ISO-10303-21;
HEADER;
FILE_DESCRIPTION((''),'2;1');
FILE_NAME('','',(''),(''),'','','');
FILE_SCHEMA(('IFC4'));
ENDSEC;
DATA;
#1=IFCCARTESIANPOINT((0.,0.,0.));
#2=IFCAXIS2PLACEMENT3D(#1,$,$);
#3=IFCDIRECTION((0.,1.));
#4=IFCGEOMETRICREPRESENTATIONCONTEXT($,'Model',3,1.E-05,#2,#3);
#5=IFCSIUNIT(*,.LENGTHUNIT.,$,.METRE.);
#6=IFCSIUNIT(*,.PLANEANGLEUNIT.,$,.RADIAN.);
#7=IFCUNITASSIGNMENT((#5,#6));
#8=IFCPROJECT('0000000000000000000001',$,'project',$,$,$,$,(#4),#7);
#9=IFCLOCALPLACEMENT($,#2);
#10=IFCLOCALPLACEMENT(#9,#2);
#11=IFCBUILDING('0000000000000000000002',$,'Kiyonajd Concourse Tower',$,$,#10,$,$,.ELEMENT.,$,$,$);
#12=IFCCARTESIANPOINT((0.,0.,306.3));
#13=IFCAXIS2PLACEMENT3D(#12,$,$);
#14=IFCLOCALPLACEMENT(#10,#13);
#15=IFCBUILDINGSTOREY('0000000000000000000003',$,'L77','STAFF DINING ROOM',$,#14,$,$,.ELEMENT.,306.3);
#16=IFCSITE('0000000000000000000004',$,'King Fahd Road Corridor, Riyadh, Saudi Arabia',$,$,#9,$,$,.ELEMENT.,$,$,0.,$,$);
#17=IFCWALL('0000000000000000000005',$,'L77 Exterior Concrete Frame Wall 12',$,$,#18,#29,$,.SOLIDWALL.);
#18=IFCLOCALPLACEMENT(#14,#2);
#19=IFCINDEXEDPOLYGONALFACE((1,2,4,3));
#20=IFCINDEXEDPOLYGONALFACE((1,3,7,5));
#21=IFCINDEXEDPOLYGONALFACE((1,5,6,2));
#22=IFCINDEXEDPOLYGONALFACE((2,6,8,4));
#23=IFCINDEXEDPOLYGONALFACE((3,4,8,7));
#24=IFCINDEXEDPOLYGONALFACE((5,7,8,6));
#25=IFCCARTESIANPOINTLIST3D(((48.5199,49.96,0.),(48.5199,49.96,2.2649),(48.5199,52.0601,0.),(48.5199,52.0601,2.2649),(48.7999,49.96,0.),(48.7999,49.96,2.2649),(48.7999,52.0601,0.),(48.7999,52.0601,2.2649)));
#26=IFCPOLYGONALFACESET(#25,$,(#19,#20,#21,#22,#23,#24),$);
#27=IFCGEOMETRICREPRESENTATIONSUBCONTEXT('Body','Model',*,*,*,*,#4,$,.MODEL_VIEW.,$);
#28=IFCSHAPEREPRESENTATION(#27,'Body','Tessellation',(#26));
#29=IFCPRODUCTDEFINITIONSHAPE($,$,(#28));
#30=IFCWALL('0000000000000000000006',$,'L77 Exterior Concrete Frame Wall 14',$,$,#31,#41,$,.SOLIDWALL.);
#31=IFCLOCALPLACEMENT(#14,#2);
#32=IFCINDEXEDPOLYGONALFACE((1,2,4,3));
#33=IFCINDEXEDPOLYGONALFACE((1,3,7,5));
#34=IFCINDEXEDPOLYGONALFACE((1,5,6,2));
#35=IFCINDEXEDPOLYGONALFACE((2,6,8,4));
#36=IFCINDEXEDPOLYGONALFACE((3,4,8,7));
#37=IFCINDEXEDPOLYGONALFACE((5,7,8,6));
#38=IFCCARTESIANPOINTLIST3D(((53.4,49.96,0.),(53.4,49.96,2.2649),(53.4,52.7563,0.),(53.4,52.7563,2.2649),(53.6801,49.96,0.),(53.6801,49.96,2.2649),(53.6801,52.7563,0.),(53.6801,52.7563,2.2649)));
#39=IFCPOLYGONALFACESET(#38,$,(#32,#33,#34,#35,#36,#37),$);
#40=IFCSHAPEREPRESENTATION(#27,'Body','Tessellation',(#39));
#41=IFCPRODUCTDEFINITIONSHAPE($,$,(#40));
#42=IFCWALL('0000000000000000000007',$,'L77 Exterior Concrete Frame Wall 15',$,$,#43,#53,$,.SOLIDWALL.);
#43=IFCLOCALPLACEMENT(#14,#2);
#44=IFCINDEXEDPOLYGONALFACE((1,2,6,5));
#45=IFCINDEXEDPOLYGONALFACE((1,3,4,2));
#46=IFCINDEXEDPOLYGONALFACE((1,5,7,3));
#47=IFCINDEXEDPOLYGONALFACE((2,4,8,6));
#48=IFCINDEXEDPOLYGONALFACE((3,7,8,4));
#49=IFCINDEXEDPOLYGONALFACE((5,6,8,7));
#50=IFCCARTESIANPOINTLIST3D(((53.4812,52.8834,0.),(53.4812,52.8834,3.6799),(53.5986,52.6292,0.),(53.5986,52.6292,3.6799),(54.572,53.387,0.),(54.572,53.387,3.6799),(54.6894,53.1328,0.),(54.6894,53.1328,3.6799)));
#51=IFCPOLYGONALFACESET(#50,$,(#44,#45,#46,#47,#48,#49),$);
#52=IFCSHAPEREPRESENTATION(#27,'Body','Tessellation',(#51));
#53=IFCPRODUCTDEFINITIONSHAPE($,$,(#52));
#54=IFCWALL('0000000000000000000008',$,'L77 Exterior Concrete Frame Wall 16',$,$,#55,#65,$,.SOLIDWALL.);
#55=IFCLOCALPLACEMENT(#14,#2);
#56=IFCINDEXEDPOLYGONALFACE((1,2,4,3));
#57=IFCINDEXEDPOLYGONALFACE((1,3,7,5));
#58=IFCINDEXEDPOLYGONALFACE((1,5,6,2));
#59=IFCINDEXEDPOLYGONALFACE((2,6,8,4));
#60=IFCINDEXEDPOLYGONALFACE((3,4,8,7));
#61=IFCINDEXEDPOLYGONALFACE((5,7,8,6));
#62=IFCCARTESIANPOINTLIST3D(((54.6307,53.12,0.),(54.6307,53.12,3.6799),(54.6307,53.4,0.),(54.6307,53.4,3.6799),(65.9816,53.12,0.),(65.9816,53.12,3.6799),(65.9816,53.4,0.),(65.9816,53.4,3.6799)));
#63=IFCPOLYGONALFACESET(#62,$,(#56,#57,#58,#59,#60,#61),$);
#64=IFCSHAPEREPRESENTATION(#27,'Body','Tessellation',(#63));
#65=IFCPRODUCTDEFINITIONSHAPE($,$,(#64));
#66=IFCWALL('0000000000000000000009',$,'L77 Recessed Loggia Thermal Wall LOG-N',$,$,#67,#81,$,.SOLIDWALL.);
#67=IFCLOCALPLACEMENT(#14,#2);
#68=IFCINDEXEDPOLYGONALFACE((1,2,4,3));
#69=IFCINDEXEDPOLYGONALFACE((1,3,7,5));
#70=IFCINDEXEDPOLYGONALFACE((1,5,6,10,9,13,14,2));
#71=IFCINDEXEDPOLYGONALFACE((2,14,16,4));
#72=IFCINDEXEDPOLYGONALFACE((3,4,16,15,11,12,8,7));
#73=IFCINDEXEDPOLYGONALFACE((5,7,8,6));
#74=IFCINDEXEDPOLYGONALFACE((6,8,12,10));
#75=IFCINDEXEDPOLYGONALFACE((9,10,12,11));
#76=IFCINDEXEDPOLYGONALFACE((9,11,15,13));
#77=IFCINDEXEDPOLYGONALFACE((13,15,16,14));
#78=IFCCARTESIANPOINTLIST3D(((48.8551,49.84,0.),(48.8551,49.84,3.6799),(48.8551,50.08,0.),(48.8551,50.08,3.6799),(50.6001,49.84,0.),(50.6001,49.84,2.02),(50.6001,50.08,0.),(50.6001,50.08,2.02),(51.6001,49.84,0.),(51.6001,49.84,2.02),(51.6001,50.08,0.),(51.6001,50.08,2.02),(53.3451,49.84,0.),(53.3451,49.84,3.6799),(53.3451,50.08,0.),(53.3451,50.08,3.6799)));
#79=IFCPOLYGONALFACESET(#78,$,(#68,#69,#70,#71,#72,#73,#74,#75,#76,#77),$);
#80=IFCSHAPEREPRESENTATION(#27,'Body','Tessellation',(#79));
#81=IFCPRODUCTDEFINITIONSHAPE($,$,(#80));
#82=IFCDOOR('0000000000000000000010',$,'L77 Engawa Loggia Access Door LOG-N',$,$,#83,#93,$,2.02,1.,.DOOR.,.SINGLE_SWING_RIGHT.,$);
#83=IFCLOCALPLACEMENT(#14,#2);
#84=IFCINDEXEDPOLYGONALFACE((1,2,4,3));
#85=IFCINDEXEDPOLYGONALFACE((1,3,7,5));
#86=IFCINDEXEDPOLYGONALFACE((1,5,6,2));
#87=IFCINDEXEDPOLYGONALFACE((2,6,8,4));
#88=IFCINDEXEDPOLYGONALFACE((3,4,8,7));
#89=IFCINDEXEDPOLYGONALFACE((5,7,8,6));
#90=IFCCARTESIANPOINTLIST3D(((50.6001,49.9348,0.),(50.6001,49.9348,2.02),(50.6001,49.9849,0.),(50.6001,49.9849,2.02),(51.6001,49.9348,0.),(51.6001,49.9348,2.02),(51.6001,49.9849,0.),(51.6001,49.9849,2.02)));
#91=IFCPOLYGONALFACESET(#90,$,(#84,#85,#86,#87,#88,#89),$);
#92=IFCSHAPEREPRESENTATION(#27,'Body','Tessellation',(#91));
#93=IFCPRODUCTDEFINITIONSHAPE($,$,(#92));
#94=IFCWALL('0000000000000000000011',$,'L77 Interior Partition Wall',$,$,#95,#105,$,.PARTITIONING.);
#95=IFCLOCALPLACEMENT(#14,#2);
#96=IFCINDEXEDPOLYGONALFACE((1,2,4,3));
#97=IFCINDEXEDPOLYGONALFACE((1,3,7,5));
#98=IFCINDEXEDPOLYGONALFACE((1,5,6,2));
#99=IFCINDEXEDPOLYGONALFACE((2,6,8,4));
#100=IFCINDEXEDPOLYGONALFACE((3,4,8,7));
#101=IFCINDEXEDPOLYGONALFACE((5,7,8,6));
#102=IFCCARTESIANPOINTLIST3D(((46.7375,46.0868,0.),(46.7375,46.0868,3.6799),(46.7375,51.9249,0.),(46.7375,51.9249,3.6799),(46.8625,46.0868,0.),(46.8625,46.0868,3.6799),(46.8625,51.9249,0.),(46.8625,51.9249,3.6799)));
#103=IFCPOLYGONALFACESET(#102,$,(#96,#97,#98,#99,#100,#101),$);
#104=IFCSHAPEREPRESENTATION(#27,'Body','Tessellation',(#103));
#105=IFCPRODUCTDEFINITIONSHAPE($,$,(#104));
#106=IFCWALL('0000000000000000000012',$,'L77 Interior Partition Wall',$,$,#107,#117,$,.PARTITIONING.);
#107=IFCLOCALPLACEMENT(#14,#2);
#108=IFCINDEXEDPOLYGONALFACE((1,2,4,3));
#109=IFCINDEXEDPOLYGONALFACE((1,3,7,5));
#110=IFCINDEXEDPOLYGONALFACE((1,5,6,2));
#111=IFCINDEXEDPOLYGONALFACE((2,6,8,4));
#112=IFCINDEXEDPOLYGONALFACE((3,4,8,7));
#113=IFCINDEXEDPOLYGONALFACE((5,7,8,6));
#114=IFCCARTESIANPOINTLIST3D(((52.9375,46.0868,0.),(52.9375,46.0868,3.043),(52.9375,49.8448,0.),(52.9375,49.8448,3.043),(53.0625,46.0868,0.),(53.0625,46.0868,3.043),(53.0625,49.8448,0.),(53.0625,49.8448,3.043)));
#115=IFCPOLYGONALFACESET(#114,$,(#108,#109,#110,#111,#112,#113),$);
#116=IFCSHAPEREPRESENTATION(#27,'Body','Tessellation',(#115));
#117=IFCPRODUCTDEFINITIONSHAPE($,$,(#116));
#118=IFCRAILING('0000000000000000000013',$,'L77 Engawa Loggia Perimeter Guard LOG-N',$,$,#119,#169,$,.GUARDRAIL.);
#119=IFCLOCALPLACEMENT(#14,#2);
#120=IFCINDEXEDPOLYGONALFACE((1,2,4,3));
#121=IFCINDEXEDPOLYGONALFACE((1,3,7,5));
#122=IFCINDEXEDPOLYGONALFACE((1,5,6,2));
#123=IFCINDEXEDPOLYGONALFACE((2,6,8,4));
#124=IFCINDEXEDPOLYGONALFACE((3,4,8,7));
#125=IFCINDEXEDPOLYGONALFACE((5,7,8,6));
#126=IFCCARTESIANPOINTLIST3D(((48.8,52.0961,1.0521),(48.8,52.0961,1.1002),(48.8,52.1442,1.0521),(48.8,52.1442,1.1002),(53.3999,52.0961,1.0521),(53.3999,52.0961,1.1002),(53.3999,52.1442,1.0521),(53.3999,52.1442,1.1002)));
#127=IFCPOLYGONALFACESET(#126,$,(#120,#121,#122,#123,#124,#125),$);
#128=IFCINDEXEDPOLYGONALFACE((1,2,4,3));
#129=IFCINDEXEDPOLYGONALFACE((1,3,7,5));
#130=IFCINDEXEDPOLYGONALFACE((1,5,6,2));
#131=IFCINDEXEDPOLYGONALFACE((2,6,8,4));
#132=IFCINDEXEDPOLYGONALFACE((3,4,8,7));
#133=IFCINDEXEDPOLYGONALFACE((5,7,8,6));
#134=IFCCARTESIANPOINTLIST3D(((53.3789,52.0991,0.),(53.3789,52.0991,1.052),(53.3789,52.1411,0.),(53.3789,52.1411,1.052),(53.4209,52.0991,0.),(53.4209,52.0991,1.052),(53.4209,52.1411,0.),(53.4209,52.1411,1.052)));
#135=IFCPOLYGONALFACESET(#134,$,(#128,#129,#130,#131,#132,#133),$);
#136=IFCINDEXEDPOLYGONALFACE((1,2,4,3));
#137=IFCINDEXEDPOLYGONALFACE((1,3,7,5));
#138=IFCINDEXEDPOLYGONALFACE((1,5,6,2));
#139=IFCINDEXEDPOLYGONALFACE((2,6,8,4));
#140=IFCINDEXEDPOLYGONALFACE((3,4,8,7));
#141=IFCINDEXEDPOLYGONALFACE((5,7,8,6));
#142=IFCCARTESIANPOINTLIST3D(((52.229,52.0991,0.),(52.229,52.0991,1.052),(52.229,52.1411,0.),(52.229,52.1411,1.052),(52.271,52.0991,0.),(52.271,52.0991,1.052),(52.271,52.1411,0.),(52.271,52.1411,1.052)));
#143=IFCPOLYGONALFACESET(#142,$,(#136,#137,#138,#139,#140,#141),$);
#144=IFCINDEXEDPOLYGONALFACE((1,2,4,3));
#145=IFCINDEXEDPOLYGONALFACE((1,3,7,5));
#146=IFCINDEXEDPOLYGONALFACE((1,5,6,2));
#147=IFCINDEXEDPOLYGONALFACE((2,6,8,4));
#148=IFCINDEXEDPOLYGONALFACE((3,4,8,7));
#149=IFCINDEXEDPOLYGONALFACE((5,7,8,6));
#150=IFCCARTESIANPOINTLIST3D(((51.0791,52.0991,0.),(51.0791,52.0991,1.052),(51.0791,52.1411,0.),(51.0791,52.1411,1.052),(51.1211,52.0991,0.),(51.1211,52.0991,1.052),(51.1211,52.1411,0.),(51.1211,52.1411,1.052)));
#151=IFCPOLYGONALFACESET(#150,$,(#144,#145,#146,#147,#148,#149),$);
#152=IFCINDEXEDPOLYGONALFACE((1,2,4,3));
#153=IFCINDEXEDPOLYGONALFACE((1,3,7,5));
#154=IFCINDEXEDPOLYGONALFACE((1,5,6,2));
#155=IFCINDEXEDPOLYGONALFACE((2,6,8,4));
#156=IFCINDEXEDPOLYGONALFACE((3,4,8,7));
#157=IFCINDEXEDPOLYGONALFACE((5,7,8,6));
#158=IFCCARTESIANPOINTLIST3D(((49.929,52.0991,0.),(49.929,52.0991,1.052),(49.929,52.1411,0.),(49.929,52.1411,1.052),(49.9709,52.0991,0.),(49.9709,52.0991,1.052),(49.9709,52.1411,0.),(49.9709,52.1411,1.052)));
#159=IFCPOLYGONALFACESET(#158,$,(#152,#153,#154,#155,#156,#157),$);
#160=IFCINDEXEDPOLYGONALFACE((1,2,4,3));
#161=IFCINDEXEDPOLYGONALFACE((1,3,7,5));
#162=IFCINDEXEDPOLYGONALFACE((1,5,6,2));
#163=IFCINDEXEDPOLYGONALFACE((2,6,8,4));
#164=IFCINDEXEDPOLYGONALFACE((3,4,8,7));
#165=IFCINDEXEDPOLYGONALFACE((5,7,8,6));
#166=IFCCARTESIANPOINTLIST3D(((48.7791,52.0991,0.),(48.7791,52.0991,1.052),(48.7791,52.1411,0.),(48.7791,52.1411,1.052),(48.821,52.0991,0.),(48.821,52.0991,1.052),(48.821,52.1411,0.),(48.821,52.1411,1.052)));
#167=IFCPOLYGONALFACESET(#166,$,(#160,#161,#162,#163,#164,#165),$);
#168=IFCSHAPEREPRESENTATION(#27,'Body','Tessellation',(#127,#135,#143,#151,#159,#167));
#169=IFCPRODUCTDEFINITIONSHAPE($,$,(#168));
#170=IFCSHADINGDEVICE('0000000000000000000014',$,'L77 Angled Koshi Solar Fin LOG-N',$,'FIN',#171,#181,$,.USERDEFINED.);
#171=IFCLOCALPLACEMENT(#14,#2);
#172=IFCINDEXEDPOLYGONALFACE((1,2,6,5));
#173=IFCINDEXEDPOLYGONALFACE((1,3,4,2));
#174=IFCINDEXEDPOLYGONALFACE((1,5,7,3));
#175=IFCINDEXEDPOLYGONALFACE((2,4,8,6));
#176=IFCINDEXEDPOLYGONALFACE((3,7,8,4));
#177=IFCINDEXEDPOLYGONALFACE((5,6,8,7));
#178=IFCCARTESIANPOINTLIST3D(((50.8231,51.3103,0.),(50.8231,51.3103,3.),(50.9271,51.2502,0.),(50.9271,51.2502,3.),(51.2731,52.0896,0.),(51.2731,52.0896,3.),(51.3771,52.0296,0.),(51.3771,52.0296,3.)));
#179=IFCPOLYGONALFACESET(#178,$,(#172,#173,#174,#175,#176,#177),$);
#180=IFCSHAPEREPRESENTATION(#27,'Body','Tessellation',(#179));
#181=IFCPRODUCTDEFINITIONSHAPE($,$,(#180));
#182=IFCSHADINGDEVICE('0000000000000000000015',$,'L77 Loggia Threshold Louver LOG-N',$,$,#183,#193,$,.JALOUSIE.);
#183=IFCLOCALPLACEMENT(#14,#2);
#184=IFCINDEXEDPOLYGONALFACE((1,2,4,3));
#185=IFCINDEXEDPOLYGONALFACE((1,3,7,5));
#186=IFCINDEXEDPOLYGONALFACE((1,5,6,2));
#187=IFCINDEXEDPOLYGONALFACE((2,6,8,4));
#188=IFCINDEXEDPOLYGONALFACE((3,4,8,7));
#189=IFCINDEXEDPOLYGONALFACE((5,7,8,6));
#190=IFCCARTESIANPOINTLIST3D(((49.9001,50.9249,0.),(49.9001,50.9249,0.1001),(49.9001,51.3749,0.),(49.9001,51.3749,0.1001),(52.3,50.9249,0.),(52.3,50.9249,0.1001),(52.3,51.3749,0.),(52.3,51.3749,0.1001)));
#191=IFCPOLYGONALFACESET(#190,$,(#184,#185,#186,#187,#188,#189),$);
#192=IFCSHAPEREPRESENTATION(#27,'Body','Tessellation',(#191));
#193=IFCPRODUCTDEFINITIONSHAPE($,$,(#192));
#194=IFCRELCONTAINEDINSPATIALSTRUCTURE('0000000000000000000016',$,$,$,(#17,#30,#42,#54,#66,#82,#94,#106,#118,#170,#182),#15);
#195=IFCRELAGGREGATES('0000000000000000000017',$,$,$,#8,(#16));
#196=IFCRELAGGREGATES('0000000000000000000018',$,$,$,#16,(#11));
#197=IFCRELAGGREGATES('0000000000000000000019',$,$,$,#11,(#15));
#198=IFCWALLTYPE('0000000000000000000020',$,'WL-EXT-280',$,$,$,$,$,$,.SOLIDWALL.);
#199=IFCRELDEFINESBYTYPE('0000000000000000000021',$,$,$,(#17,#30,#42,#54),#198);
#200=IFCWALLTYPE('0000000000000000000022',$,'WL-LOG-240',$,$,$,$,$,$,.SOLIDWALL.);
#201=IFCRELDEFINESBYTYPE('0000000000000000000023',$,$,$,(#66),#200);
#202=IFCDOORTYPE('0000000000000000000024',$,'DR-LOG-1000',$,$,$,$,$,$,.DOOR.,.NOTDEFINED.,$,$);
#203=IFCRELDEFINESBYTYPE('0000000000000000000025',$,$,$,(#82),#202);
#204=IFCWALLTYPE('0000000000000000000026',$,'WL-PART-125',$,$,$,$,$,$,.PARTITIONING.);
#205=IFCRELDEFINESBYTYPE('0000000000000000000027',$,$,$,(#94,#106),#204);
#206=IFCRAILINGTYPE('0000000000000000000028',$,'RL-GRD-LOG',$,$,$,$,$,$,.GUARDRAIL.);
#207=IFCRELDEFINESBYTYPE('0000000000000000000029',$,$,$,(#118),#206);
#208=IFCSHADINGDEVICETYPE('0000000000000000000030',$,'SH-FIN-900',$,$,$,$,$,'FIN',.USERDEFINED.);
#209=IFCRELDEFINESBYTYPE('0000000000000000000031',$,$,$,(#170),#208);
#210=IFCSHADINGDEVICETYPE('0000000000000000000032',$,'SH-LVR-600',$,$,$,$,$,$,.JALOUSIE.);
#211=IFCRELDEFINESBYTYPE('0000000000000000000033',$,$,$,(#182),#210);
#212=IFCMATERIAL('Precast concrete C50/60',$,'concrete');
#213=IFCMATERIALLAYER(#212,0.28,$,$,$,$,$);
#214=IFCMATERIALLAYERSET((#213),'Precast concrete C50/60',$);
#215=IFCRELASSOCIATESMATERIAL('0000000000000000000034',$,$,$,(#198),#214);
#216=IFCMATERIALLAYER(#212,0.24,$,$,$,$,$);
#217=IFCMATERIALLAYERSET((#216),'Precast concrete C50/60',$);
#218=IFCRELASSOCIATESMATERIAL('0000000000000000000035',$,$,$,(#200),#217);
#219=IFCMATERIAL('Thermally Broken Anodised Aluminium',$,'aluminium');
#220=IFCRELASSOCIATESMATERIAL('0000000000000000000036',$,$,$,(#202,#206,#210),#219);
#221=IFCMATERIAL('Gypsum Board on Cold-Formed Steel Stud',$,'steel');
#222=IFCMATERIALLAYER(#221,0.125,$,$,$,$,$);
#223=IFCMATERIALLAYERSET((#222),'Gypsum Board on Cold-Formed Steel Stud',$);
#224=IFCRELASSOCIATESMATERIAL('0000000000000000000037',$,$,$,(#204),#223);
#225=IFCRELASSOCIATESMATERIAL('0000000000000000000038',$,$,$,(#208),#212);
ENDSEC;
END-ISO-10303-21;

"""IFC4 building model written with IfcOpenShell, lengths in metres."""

from ifc_helpers import new_model, si_unit, direction, frame, frame_2d, origin, origin_2d, place, context, subcontext, project, spatial, rectangle, extrude, material, layer, layer_set, type_object, element, fill, save


model = new_model("IFC4")

# Units and contexts
model_context = context("Model", 3, precision=1e-05, world=origin(), true_north=direction((0.0, 1.0)))
body_context = subcontext(model_context, "Body", "Model", "MODEL_VIEW")
ifc_project = project(units=[si_unit("LENGTHUNIT", "METRE"), si_unit("PLANEANGLEUNIT", "RADIAN")], contexts=[model_context])

# Site, building, storey
site_placement = place(None, origin())
site = spatial("IfcSite", under=ifc_project, at=site_placement, Name="King Fahd Road Corridor, Riyadh, Saudi Arabia", CompositionType="ELEMENT", RefElevation=0.0)
building_placement = place(site_placement, origin())
building = spatial("IfcBuilding", under=site, at=building_placement, Name="Kiyonajd Concourse Tower", CompositionType="ELEMENT")
storey_placement = place(building_placement, frame((0.0, 0.0, 306.3)))
storey = spatial("IfcBuildingStorey", under=building, at=storey_placement, Name="L77", Description="STAFF DINING ROOM", CompositionType="ELEMENT", Elevation=306.3)

# Shared definitions
ifc_material_1 = material(Name="Thermally Broken Anodised Aluminium", Category="aluminium")

# Walls
ifc_material_2 = material(Name="Precast concrete C50/60", Category="concrete")
ifc_layer_1 = layer(ifc_material_2, 0.28)
ifc_layer_set_1 = layer_set([ifc_layer_1], Name="Precast concrete C50/60")
wall_type_1 = type_object("IfcWallType", Name="WL-EXT-280", PredefinedType="SOLIDWALL", material=ifc_layer_set_1)
wall_1_placement = place(storey_placement, frame((48.6599, 52.0601, 0.0), z_axis=(0.0, 0.0, 1.0), x_axis=(0.0, -1.0, 0.0)))
element("IfcWall", 1, at=wall_1_placement, inside=storey, type_object=wall_type_1, Name="L77 Exterior Concrete Frame Wall 12", PredefinedType="SOLIDWALL", context=body_context, shape_type="SweptSolid", body=[
    extrude(rectangle(XDim=2.1001, YDim=0.28, at=frame_2d((1.05, 0.0))), origin(), (0.0, 0.0, 1.0), 2.2649),
])
wall_2_placement = place(storey_placement, frame((53.54, 49.96, 0.0), z_axis=(0.0, 0.0, 1.0), x_axis=(0.0, 1.0, 0.0)))
element("IfcWall", 2, at=wall_2_placement, inside=storey, type_object=wall_type_1, Name="L77 Exterior Concrete Frame Wall 14", PredefinedType="SOLIDWALL", context=body_context, shape_type="SweptSolid", body=[
    extrude(rectangle(XDim=2.7964, YDim=0.28, at=frame_2d((1.3982, 0.0))), origin(), (0.0, 0.0, 1.0), 2.2649),
])
wall_3_placement = place(storey_placement, frame((53.54, 52.7563, 0.0), z_axis=(0.0, 0.0, 1.0), x_axis=(0.907894, 0.4192, 0.0)))
element("IfcWall", 3, at=wall_3_placement, inside=storey, type_object=wall_type_1, Name="L77 Exterior Concrete Frame Wall 15", PredefinedType="SOLIDWALL", context=body_context, shape_type="SweptSolid", body=[
    extrude(rectangle(XDim=1.2014, YDim=0.28, at=frame_2d((0.6006, 0.0))), origin(), (0.0, 0.0, 1.0), 3.6799),
])
wall_4_placement = place(storey_placement, frame((54.6309, 53.26, 0.0), z_axis=(0.0, 0.0, 1.0), x_axis=(1.0, 0.0, 0.0)))
element("IfcWall", 4, at=wall_4_placement, inside=storey, type_object=wall_type_1, Name="L77 Exterior Concrete Frame Wall 16", PredefinedType="SOLIDWALL", context=body_context, shape_type="SweptSolid", body=[
    extrude(rectangle(XDim=11.3508, YDim=0.28, at=frame_2d((5.6753, 0.0))), origin(), (0.0, 0.0, 1.0), 3.6799),
])

# Wall, opening, door
ifc_layer_2 = layer(ifc_material_2, 0.24)
ifc_layer_set_2 = layer_set([ifc_layer_2], Name="Precast concrete C50/60")
wall_type_2 = type_object("IfcWallType", Name="WL-LOG-240", PredefinedType="SOLIDWALL", material=ifc_layer_set_2)
wall_5_placement = place(storey_placement, frame((48.855, 49.96, 0.0), z_axis=(0.0, 0.0, 1.0), x_axis=(1.0, 0.0, 0.0)))
wall_5 = element("IfcWall", 5, at=wall_5_placement, inside=storey, type_object=wall_type_2, Name="L77 Recessed Loggia Thermal Wall LOG-N", PredefinedType="SOLIDWALL", context=body_context, shape_type="SweptSolid", body=[
    extrude(rectangle(XDim=4.49, YDim=0.24, at=frame_2d((2.2451, 0.0))), origin(), (0.0, 0.0, 1.0), 3.6799),
])
opening_placement = place(wall_5_placement, frame((1.7451, 0.0, 0.0)))
opening = element("IfcOpeningElement", 6, at=opening_placement, cuts=wall_5, PredefinedType="OPENING", context=body_context, shape_type="SweptSolid", body=[
    extrude(rectangle(XDim=1.0, YDim=2.02, at=frame_2d((0.5, 1.01))), frame((0.0, 0.1299, 0.0), z_axis=(0.0, -1.0, 0.0), x_axis=(1.0, 0.0, 0.0)), (0.0, 0.0, 1.0), 0.26),
])
door_type = type_object("IfcDoorType", Name="DR-LOG-1000", OperationType="NOTDEFINED", PredefinedType="DOOR", material=ifc_material_1)
door_placement = place(opening_placement, origin())
door = element("IfcDoor", 7, at=door_placement, inside=storey, type_object=door_type, Name="L77 Engawa Loggia Access Door LOG-N", OperationType="SINGLE_SWING_RIGHT", OverallHeight=2.02, OverallWidth=1.0, PredefinedType="DOOR", context=body_context, shape_type="SweptSolid", body=[
    extrude(rectangle(XDim=1.0, YDim=2.02, at=frame_2d((0.5, 1.01))), frame((0.0, 0.0249, 0.0), z_axis=(0.0, -1.0, 0.0), x_axis=(1.0, 0.0, 0.0)), (0.0, 0.0, 1.0), 0.05),
])
fill(opening, door)

# Walls
ifc_material_3 = material(Name="Gypsum Board on Cold-Formed Steel Stud", Category="steel")
ifc_layer_3 = layer(ifc_material_3, 0.125)
ifc_layer_set_3 = layer_set([ifc_layer_3], Name="Gypsum Board on Cold-Formed Steel Stud")
wall_type_3 = type_object("IfcWallType", Name="WL-PART-125", PredefinedType="PARTITIONING", material=ifc_layer_set_3)
wall_6_placement = place(storey_placement, frame((46.8, 46.0869, 0.0), z_axis=(0.0, 0.0, 1.0), x_axis=(0.0, 1.0, 0.0)))
element("IfcWall", 8, at=wall_6_placement, inside=storey, type_object=wall_type_3, Name="L77 Interior Partition Wall", PredefinedType="PARTITIONING", context=body_context, shape_type="SweptSolid", body=[
    extrude(rectangle(XDim=5.8381, YDim=0.125, at=frame_2d((2.9189, 0.0))), origin(), (0.0, 0.0, 1.0), 3.6799),
])
wall_7_placement = place(storey_placement, frame((53.0, 46.0869, 0.0), z_axis=(0.0, 0.0, 1.0), x_axis=(0.0, 1.0, 0.0)))
element("IfcWall", 9, at=wall_7_placement, inside=storey, type_object=wall_type_3, Name="L77 Interior Partition Wall", PredefinedType="PARTITIONING", context=body_context, shape_type="SweptSolid", body=[
    extrude(rectangle(XDim=3.7581, YDim=0.125, at=frame_2d((1.8789, 0.0))), origin(), (0.0, 0.0, 1.0), 3.043),
])

# Railing
railing_type = type_object("IfcRailingType", Name="RL-GRD-LOG", PredefinedType="GUARDRAIL", material=ifc_material_1)
railing_placement = place(storey_placement, frame((53.3999, 52.1201, 0.0)))
element("IfcRailing", 10, at=railing_placement, inside=storey, type_object=railing_type, Name="L77 Engawa Loggia Perimeter Guard LOG-N", PredefinedType="GUARDRAIL", context=body_context, shape_type="SweptSolid", body=[
    extrude(rectangle(XDim=0.0481, YDim=0.0481, at=origin_2d()), frame((0.0, 0.0, 1.0762), z_axis=(-1.0, 0.0, 0.0), x_axis=(0.0, -1.0, 0.0)), (0.0, 0.0, 1.0), 4.5999),
    extrude(rectangle(XDim=0.042, YDim=0.042, at=origin_2d()), origin(), (0.0, 0.0, 1.0), 1.052),
    extrude(rectangle(XDim=0.042, YDim=0.042, at=origin_2d()), frame((-1.1499, 0.0, 0.0)), (0.0, 0.0, 1.0), 1.052),
    extrude(rectangle(XDim=0.042, YDim=0.042, at=origin_2d()), frame((-2.2998, 0.0, 0.0)), (0.0, 0.0, 1.0), 1.052),
    extrude(rectangle(XDim=0.042, YDim=0.042, at=origin_2d()), frame((-3.45, 0.0, 0.0)), (0.0, 0.0, 1.0), 1.052),
    extrude(rectangle(XDim=0.042, YDim=0.042, at=origin_2d()), frame((-4.5999, 0.0, 0.0)), (0.0, 0.0, 1.0), 1.052),
])

# Shading devices
shading_device_type_1 = type_object("IfcShadingDeviceType", Name="SH-FIN-900", ElementType="FIN", PredefinedType="USERDEFINED", material=ifc_material_2)
shading_device_1_placement = place(storey_placement, frame((51.1001, 51.6699, 0.0), z_axis=(0.0, 0.0, 1.0), x_axis=(0.5, 0.866025, 0.0)))
element("IfcShadingDevice", 11, at=shading_device_1_placement, inside=storey, type_object=shading_device_type_1, Name="L77 Angled Koshi Solar Fin LOG-N", ObjectType="FIN", PredefinedType="USERDEFINED", context=body_context, shape_type="SweptSolid", body=[
    extrude(rectangle(XDim=0.8999, YDim=0.1201, at=origin_2d()), origin(), (0.0, 0.0, 1.0), 3.0),
])
shading_device_type_2 = type_object("IfcShadingDeviceType", Name="SH-LVR-600", PredefinedType="JALOUSIE", material=ifc_material_1)
shading_device_2_placement = place(storey_placement, frame((51.1001, 51.1499, 0.0), z_axis=(0.0, 0.0, 1.0), x_axis=(1.0, 0.0, 0.0)))
element("IfcShadingDevice", 12, at=shading_device_2_placement, inside=storey, type_object=shading_device_type_2, Name="L77 Loggia Threshold Louver LOG-N", PredefinedType="JALOUSIE", context=body_context, shape_type="SweptSolid", body=[
    extrude(rectangle(XDim=2.3999, YDim=0.45, at=origin_2d()), origin(), (0.0, 0.0, 1.0), 0.1001),
])

save(model, "model.ifc")
